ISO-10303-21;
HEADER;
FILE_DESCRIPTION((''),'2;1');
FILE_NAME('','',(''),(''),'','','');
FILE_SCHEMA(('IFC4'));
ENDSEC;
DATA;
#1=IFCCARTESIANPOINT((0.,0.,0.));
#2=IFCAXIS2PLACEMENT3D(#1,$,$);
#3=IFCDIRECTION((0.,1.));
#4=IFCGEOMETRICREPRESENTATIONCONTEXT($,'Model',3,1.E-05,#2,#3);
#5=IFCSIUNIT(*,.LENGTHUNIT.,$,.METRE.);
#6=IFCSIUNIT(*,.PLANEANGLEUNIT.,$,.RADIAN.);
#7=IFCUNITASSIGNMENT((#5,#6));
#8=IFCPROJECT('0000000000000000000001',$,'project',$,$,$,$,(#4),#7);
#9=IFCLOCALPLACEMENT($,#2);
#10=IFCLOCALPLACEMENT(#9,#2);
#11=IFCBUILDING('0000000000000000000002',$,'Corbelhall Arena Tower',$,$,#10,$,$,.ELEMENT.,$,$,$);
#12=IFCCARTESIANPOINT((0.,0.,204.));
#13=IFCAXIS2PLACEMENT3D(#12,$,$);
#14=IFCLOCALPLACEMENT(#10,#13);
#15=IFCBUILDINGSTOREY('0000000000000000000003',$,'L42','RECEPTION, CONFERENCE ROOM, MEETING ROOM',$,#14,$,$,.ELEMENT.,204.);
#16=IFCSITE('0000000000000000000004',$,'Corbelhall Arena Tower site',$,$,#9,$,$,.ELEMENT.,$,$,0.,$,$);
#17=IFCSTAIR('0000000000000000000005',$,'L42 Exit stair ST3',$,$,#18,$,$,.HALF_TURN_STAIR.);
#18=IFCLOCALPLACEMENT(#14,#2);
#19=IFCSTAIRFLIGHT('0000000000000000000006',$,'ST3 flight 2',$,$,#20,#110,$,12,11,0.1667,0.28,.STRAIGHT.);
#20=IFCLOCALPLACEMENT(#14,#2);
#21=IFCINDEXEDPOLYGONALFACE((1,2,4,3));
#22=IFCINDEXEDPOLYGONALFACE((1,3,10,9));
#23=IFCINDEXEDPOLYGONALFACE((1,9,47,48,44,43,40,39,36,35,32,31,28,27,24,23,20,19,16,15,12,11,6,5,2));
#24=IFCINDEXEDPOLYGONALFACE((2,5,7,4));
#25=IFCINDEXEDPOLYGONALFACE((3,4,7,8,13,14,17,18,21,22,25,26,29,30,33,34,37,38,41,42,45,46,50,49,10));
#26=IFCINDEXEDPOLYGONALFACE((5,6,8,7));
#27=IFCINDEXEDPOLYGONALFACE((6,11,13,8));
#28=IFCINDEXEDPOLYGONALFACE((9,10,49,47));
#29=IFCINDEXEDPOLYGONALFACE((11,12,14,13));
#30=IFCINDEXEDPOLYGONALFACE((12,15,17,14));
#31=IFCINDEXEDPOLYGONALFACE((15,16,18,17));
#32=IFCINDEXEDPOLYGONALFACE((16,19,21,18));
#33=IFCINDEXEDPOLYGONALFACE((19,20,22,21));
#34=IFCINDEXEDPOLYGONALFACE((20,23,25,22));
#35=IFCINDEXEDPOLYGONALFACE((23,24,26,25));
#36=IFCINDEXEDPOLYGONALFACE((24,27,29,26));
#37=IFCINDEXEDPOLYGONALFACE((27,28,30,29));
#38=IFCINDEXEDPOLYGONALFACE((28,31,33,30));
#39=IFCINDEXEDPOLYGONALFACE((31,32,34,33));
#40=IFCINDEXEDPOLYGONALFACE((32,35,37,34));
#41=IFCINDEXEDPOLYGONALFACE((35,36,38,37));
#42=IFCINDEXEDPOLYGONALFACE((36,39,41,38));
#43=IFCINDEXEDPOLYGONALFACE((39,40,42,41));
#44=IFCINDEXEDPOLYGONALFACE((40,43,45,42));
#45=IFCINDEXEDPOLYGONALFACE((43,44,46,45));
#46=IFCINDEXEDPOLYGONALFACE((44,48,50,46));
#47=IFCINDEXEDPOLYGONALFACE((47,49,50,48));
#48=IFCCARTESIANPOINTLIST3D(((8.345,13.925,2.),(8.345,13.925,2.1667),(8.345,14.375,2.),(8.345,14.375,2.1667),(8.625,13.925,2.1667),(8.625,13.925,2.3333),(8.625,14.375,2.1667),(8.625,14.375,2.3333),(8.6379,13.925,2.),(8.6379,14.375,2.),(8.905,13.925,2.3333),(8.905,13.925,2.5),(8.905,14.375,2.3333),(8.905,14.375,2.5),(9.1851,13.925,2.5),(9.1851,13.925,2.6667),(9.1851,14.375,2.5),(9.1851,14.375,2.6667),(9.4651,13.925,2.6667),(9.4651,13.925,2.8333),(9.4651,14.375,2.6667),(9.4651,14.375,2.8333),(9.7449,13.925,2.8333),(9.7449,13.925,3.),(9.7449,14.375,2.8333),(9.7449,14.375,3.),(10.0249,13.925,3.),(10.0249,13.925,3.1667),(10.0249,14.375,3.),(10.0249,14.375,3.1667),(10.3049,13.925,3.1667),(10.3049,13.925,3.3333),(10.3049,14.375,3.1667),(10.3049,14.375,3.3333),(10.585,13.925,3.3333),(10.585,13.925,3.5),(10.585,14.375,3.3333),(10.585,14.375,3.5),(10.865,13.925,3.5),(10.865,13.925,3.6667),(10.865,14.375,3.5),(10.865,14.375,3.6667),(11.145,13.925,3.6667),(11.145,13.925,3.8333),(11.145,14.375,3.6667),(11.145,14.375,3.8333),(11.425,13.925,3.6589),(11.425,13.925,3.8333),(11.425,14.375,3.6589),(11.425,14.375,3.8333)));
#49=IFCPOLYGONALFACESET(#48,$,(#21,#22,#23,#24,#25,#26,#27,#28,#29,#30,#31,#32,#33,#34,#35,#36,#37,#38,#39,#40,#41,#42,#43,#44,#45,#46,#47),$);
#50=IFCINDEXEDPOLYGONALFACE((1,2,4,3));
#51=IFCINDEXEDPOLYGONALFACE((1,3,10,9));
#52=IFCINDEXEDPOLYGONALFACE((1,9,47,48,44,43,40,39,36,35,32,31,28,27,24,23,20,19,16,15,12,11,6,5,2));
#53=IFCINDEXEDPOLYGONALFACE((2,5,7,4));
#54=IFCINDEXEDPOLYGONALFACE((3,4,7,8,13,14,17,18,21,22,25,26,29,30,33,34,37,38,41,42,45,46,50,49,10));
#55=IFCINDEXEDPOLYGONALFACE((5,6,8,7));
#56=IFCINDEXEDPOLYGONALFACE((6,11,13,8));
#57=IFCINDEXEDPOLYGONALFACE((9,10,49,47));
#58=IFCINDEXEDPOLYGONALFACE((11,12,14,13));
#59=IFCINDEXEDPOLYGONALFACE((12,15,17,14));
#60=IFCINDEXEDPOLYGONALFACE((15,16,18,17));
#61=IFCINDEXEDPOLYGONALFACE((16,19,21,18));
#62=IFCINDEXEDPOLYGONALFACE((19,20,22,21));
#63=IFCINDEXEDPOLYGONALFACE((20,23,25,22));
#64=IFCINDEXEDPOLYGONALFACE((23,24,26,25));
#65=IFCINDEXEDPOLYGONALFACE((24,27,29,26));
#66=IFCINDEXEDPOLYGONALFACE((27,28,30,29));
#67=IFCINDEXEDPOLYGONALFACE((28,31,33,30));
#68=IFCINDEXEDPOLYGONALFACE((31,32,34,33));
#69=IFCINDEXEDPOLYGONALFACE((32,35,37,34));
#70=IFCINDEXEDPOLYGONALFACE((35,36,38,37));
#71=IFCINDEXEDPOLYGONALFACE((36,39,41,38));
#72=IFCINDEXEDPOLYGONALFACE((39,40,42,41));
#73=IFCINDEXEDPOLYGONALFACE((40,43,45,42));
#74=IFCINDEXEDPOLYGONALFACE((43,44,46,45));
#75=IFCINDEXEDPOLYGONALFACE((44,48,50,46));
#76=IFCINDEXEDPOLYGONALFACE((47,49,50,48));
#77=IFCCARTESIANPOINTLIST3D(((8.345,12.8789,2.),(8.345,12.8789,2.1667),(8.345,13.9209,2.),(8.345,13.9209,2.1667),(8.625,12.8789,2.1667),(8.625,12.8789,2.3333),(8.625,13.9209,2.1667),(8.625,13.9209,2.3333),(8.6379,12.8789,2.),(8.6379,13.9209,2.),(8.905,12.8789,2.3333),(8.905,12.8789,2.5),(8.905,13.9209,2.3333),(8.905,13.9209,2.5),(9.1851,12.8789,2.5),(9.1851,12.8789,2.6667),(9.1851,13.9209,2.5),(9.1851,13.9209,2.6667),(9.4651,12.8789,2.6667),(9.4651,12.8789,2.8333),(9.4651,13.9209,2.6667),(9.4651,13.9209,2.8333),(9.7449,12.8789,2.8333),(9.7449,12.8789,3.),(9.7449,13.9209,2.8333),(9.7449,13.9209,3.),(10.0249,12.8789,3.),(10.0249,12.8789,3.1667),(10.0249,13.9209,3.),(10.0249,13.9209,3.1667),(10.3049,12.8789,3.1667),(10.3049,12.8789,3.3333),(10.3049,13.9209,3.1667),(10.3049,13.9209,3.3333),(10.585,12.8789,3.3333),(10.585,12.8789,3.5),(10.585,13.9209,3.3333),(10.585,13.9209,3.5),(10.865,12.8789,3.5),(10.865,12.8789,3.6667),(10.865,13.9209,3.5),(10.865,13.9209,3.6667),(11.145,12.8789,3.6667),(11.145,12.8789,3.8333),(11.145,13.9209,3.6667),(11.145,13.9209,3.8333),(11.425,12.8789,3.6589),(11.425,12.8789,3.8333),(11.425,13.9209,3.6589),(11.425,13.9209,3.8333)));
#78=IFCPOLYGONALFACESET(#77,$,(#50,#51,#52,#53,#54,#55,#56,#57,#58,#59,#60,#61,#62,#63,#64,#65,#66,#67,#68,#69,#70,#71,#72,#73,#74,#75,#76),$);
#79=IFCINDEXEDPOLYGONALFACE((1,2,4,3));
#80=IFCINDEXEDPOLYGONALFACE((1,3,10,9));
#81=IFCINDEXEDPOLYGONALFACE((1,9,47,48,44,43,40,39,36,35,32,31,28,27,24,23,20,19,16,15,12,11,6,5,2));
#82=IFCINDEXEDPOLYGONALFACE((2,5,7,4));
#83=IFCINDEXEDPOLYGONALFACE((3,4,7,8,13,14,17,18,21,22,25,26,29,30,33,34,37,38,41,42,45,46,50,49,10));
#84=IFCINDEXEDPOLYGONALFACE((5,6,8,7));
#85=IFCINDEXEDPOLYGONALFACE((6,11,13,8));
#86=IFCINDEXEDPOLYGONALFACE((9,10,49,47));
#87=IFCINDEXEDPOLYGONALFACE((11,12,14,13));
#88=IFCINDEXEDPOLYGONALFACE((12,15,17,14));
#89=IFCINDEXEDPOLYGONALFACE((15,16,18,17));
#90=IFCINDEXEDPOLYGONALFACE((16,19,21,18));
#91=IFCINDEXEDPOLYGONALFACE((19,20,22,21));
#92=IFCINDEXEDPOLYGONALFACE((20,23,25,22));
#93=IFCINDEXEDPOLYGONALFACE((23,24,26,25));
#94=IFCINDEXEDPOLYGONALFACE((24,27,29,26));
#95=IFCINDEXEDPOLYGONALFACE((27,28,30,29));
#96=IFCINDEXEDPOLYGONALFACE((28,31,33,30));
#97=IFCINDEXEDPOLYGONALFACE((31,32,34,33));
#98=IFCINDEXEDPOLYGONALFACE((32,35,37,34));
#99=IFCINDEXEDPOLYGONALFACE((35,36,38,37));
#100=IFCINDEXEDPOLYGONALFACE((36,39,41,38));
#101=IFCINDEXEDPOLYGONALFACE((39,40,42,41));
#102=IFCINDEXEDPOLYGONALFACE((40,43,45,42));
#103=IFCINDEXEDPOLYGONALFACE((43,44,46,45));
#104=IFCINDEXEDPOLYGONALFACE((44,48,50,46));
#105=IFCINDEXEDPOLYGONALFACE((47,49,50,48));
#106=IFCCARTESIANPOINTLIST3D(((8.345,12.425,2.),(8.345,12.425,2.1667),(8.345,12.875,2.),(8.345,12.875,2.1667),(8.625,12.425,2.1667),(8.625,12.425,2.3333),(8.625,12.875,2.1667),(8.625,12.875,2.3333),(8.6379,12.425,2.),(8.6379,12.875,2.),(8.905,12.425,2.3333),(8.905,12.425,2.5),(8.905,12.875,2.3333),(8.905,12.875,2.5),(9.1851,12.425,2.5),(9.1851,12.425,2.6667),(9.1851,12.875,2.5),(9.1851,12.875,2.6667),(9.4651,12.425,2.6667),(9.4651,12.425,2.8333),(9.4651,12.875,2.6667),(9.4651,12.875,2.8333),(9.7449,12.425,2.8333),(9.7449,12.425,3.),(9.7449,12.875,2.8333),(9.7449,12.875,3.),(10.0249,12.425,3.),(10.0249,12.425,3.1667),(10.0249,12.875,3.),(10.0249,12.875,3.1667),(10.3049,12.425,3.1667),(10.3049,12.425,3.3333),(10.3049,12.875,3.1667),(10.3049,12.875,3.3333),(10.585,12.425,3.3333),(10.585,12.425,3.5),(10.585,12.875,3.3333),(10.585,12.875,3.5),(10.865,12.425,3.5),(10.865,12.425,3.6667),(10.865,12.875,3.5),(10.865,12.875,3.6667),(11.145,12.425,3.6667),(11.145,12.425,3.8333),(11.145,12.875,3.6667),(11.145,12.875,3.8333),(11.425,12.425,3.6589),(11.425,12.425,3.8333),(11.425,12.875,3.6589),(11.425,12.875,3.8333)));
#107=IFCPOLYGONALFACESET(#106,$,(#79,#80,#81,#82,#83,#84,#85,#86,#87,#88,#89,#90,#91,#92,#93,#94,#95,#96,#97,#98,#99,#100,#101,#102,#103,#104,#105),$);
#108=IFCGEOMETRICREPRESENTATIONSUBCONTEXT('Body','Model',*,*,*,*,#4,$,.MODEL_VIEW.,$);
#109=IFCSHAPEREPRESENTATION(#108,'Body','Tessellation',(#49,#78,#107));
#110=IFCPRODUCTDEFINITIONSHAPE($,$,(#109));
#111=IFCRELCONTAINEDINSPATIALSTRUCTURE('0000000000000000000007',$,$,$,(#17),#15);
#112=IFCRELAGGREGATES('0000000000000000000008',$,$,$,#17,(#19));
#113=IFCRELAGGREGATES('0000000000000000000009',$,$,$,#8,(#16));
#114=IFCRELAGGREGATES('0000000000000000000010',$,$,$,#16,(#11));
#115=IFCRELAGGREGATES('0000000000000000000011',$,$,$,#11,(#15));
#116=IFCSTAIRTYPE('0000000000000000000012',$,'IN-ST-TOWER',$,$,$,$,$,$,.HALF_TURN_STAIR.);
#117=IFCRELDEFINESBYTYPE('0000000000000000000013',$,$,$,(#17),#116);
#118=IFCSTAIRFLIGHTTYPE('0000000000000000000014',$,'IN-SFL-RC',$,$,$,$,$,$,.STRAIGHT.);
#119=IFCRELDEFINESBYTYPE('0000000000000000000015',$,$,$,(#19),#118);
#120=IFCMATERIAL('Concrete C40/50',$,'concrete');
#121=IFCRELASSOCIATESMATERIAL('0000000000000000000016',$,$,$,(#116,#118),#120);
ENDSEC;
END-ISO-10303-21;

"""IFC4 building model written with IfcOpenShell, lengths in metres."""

from ifc_helpers import new_model, si_unit, direction, frame, origin, place, context, subcontext, project, spatial, polyline, outline, extrude, material, type_object, element, aggregate, save


model = new_model("IFC4")

# Units and contexts
model_context = context("Model", 3, precision=1e-05, world=origin(), true_north=direction((0.0, 1.0)))
body_context = subcontext(model_context, "Body", "Model", "MODEL_VIEW")
ifc_project = project(units=[si_unit("LENGTHUNIT", "METRE"), si_unit("PLANEANGLEUNIT", "RADIAN")], contexts=[model_context])

# Site, building, storey
site_placement = place(None, origin())
site = spatial("IfcSite", under=ifc_project, at=site_placement, Name="Corbelhall Arena Tower site", CompositionType="ELEMENT", RefElevation=0.0)
building_placement = place(site_placement, origin())
building = spatial("IfcBuilding", under=site, at=building_placement, Name="Corbelhall Arena Tower", CompositionType="ELEMENT")
storey_placement = place(building_placement, frame((0.0, 0.0, 204.0)))
storey = spatial("IfcBuildingStorey", under=building, at=storey_placement, Name="L42", Description="RECEPTION, CONFERENCE ROOM, MEETING ROOM", CompositionType="ELEMENT", Elevation=204.0)

# Shared definitions
ifc_material_1 = material(Name="Concrete C40/50", Category="concrete")

# Stair, stair flight
stair_type = type_object("IfcStairType", Name="IN-ST-TOWER", PredefinedType="HALF_TURN_STAIR", material=ifc_material_1)
stair_placement = place(storey_placement, origin())
stair = element("IfcStair", 1, at=stair_placement, inside=storey, type_object=stair_type, Name="L42 Exit stair ST3", PredefinedType="HALF_TURN_STAIR")
stair_flight_type = type_object("IfcStairFlightType", Name="IN-SFL-RC", PredefinedType="STRAIGHT", material=ifc_material_1)
stair_flight_placement = place(storey_placement, frame((8.345, 13.3999, 2.0), z_axis=(0.0, 0.0, 1.0), x_axis=(1.0, 0.0, 0.0)))
stair_flight = element("IfcStairFlight", 2, at=stair_flight_placement, type_object=stair_flight_type, Name="ST3 flight 2", NumberOfRisers=12, NumberOfTreads=11, PredefinedType="STRAIGHT", RiserHeight=0.1667, TreadLength=0.28, context=body_context, shape_type="SweptSolid", body=[
    extrude(outline(polyline([(0.0, 0.0), (0.0, 0.1667), (0.28, 0.1667), (0.28, 0.3333), (0.5601, 0.3333), (0.5601, 0.5), (0.8401, 0.5), (0.8401, 0.6667), (1.1201, 0.6667), (1.1201, 0.8333), (1.3999, 0.8333), (1.3999, 1.0), (1.6799, 1.0), (1.6799, 1.1667), (1.96, 1.1667), (1.96, 1.3333), (2.24, 1.3333), (2.24, 1.5), (2.52, 1.5), (2.52, 1.6667), (2.8, 1.6667), (2.8, 1.8333), (3.0801, 1.8333), (3.0801, 2.0), (3.0801, 1.6589), (0.293, 0.0), (0.0, 0.0)])), frame((0.0, 0.9751, 0.0), z_axis=(0.0, -1.0, 0.0), x_axis=(1.0, 0.0, 0.0)), (0.0, 0.0, 1.0), 0.45),
    extrude(outline(polyline([(0.0, 0.0), (0.0, 0.1667), (0.28, 0.1667), (0.28, 0.3333), (0.5601, 0.3333), (0.5601, 0.5), (0.8401, 0.5), (0.8401, 0.6667), (1.1201, 0.6667), (1.1201, 0.8333), (1.3999, 0.8333), (1.3999, 1.0), (1.6799, 1.0), (1.6799, 1.1667), (1.96, 1.1667), (1.96, 1.3333), (2.24, 1.3333), (2.24, 1.5), (2.52, 1.5), (2.52, 1.6667), (2.8, 1.6667), (2.8, 1.8333), (3.0801, 1.8333), (3.0801, 2.0), (3.0801, 1.6589), (0.293, 0.0), (0.0, 0.0)])), frame((0.0, 0.521, 0.0), z_axis=(0.0, -1.0, 0.0), x_axis=(1.0, 0.0, 0.0)), (0.0, 0.0, 1.0), 1.042),
    extrude(outline(polyline([(0.0, 0.0), (0.0, 0.1667), (0.28, 0.1667), (0.28, 0.3333), (0.5601, 0.3333), (0.5601, 0.5), (0.8401, 0.5), (0.8401, 0.6667), (1.1201, 0.6667), (1.1201, 0.8333), (1.3999, 0.8333), (1.3999, 1.0), (1.6799, 1.0), (1.6799, 1.1667), (1.96, 1.1667), (1.96, 1.3333), (2.24, 1.3333), (2.24, 1.5), (2.52, 1.5), (2.52, 1.6667), (2.8, 1.6667), (2.8, 1.8333), (3.0801, 1.8333), (3.0801, 2.0), (3.0801, 1.6589), (0.293, 0.0), (0.0, 0.0)])), frame((0.0, -0.5249, 0.0), z_axis=(0.0, -1.0, 0.0), x_axis=(1.0, 0.0, 0.0)), (0.0, 0.0, 1.0), 0.45),
])
aggregate(stair, [stair_flight])

save(model, "model.ifc")
